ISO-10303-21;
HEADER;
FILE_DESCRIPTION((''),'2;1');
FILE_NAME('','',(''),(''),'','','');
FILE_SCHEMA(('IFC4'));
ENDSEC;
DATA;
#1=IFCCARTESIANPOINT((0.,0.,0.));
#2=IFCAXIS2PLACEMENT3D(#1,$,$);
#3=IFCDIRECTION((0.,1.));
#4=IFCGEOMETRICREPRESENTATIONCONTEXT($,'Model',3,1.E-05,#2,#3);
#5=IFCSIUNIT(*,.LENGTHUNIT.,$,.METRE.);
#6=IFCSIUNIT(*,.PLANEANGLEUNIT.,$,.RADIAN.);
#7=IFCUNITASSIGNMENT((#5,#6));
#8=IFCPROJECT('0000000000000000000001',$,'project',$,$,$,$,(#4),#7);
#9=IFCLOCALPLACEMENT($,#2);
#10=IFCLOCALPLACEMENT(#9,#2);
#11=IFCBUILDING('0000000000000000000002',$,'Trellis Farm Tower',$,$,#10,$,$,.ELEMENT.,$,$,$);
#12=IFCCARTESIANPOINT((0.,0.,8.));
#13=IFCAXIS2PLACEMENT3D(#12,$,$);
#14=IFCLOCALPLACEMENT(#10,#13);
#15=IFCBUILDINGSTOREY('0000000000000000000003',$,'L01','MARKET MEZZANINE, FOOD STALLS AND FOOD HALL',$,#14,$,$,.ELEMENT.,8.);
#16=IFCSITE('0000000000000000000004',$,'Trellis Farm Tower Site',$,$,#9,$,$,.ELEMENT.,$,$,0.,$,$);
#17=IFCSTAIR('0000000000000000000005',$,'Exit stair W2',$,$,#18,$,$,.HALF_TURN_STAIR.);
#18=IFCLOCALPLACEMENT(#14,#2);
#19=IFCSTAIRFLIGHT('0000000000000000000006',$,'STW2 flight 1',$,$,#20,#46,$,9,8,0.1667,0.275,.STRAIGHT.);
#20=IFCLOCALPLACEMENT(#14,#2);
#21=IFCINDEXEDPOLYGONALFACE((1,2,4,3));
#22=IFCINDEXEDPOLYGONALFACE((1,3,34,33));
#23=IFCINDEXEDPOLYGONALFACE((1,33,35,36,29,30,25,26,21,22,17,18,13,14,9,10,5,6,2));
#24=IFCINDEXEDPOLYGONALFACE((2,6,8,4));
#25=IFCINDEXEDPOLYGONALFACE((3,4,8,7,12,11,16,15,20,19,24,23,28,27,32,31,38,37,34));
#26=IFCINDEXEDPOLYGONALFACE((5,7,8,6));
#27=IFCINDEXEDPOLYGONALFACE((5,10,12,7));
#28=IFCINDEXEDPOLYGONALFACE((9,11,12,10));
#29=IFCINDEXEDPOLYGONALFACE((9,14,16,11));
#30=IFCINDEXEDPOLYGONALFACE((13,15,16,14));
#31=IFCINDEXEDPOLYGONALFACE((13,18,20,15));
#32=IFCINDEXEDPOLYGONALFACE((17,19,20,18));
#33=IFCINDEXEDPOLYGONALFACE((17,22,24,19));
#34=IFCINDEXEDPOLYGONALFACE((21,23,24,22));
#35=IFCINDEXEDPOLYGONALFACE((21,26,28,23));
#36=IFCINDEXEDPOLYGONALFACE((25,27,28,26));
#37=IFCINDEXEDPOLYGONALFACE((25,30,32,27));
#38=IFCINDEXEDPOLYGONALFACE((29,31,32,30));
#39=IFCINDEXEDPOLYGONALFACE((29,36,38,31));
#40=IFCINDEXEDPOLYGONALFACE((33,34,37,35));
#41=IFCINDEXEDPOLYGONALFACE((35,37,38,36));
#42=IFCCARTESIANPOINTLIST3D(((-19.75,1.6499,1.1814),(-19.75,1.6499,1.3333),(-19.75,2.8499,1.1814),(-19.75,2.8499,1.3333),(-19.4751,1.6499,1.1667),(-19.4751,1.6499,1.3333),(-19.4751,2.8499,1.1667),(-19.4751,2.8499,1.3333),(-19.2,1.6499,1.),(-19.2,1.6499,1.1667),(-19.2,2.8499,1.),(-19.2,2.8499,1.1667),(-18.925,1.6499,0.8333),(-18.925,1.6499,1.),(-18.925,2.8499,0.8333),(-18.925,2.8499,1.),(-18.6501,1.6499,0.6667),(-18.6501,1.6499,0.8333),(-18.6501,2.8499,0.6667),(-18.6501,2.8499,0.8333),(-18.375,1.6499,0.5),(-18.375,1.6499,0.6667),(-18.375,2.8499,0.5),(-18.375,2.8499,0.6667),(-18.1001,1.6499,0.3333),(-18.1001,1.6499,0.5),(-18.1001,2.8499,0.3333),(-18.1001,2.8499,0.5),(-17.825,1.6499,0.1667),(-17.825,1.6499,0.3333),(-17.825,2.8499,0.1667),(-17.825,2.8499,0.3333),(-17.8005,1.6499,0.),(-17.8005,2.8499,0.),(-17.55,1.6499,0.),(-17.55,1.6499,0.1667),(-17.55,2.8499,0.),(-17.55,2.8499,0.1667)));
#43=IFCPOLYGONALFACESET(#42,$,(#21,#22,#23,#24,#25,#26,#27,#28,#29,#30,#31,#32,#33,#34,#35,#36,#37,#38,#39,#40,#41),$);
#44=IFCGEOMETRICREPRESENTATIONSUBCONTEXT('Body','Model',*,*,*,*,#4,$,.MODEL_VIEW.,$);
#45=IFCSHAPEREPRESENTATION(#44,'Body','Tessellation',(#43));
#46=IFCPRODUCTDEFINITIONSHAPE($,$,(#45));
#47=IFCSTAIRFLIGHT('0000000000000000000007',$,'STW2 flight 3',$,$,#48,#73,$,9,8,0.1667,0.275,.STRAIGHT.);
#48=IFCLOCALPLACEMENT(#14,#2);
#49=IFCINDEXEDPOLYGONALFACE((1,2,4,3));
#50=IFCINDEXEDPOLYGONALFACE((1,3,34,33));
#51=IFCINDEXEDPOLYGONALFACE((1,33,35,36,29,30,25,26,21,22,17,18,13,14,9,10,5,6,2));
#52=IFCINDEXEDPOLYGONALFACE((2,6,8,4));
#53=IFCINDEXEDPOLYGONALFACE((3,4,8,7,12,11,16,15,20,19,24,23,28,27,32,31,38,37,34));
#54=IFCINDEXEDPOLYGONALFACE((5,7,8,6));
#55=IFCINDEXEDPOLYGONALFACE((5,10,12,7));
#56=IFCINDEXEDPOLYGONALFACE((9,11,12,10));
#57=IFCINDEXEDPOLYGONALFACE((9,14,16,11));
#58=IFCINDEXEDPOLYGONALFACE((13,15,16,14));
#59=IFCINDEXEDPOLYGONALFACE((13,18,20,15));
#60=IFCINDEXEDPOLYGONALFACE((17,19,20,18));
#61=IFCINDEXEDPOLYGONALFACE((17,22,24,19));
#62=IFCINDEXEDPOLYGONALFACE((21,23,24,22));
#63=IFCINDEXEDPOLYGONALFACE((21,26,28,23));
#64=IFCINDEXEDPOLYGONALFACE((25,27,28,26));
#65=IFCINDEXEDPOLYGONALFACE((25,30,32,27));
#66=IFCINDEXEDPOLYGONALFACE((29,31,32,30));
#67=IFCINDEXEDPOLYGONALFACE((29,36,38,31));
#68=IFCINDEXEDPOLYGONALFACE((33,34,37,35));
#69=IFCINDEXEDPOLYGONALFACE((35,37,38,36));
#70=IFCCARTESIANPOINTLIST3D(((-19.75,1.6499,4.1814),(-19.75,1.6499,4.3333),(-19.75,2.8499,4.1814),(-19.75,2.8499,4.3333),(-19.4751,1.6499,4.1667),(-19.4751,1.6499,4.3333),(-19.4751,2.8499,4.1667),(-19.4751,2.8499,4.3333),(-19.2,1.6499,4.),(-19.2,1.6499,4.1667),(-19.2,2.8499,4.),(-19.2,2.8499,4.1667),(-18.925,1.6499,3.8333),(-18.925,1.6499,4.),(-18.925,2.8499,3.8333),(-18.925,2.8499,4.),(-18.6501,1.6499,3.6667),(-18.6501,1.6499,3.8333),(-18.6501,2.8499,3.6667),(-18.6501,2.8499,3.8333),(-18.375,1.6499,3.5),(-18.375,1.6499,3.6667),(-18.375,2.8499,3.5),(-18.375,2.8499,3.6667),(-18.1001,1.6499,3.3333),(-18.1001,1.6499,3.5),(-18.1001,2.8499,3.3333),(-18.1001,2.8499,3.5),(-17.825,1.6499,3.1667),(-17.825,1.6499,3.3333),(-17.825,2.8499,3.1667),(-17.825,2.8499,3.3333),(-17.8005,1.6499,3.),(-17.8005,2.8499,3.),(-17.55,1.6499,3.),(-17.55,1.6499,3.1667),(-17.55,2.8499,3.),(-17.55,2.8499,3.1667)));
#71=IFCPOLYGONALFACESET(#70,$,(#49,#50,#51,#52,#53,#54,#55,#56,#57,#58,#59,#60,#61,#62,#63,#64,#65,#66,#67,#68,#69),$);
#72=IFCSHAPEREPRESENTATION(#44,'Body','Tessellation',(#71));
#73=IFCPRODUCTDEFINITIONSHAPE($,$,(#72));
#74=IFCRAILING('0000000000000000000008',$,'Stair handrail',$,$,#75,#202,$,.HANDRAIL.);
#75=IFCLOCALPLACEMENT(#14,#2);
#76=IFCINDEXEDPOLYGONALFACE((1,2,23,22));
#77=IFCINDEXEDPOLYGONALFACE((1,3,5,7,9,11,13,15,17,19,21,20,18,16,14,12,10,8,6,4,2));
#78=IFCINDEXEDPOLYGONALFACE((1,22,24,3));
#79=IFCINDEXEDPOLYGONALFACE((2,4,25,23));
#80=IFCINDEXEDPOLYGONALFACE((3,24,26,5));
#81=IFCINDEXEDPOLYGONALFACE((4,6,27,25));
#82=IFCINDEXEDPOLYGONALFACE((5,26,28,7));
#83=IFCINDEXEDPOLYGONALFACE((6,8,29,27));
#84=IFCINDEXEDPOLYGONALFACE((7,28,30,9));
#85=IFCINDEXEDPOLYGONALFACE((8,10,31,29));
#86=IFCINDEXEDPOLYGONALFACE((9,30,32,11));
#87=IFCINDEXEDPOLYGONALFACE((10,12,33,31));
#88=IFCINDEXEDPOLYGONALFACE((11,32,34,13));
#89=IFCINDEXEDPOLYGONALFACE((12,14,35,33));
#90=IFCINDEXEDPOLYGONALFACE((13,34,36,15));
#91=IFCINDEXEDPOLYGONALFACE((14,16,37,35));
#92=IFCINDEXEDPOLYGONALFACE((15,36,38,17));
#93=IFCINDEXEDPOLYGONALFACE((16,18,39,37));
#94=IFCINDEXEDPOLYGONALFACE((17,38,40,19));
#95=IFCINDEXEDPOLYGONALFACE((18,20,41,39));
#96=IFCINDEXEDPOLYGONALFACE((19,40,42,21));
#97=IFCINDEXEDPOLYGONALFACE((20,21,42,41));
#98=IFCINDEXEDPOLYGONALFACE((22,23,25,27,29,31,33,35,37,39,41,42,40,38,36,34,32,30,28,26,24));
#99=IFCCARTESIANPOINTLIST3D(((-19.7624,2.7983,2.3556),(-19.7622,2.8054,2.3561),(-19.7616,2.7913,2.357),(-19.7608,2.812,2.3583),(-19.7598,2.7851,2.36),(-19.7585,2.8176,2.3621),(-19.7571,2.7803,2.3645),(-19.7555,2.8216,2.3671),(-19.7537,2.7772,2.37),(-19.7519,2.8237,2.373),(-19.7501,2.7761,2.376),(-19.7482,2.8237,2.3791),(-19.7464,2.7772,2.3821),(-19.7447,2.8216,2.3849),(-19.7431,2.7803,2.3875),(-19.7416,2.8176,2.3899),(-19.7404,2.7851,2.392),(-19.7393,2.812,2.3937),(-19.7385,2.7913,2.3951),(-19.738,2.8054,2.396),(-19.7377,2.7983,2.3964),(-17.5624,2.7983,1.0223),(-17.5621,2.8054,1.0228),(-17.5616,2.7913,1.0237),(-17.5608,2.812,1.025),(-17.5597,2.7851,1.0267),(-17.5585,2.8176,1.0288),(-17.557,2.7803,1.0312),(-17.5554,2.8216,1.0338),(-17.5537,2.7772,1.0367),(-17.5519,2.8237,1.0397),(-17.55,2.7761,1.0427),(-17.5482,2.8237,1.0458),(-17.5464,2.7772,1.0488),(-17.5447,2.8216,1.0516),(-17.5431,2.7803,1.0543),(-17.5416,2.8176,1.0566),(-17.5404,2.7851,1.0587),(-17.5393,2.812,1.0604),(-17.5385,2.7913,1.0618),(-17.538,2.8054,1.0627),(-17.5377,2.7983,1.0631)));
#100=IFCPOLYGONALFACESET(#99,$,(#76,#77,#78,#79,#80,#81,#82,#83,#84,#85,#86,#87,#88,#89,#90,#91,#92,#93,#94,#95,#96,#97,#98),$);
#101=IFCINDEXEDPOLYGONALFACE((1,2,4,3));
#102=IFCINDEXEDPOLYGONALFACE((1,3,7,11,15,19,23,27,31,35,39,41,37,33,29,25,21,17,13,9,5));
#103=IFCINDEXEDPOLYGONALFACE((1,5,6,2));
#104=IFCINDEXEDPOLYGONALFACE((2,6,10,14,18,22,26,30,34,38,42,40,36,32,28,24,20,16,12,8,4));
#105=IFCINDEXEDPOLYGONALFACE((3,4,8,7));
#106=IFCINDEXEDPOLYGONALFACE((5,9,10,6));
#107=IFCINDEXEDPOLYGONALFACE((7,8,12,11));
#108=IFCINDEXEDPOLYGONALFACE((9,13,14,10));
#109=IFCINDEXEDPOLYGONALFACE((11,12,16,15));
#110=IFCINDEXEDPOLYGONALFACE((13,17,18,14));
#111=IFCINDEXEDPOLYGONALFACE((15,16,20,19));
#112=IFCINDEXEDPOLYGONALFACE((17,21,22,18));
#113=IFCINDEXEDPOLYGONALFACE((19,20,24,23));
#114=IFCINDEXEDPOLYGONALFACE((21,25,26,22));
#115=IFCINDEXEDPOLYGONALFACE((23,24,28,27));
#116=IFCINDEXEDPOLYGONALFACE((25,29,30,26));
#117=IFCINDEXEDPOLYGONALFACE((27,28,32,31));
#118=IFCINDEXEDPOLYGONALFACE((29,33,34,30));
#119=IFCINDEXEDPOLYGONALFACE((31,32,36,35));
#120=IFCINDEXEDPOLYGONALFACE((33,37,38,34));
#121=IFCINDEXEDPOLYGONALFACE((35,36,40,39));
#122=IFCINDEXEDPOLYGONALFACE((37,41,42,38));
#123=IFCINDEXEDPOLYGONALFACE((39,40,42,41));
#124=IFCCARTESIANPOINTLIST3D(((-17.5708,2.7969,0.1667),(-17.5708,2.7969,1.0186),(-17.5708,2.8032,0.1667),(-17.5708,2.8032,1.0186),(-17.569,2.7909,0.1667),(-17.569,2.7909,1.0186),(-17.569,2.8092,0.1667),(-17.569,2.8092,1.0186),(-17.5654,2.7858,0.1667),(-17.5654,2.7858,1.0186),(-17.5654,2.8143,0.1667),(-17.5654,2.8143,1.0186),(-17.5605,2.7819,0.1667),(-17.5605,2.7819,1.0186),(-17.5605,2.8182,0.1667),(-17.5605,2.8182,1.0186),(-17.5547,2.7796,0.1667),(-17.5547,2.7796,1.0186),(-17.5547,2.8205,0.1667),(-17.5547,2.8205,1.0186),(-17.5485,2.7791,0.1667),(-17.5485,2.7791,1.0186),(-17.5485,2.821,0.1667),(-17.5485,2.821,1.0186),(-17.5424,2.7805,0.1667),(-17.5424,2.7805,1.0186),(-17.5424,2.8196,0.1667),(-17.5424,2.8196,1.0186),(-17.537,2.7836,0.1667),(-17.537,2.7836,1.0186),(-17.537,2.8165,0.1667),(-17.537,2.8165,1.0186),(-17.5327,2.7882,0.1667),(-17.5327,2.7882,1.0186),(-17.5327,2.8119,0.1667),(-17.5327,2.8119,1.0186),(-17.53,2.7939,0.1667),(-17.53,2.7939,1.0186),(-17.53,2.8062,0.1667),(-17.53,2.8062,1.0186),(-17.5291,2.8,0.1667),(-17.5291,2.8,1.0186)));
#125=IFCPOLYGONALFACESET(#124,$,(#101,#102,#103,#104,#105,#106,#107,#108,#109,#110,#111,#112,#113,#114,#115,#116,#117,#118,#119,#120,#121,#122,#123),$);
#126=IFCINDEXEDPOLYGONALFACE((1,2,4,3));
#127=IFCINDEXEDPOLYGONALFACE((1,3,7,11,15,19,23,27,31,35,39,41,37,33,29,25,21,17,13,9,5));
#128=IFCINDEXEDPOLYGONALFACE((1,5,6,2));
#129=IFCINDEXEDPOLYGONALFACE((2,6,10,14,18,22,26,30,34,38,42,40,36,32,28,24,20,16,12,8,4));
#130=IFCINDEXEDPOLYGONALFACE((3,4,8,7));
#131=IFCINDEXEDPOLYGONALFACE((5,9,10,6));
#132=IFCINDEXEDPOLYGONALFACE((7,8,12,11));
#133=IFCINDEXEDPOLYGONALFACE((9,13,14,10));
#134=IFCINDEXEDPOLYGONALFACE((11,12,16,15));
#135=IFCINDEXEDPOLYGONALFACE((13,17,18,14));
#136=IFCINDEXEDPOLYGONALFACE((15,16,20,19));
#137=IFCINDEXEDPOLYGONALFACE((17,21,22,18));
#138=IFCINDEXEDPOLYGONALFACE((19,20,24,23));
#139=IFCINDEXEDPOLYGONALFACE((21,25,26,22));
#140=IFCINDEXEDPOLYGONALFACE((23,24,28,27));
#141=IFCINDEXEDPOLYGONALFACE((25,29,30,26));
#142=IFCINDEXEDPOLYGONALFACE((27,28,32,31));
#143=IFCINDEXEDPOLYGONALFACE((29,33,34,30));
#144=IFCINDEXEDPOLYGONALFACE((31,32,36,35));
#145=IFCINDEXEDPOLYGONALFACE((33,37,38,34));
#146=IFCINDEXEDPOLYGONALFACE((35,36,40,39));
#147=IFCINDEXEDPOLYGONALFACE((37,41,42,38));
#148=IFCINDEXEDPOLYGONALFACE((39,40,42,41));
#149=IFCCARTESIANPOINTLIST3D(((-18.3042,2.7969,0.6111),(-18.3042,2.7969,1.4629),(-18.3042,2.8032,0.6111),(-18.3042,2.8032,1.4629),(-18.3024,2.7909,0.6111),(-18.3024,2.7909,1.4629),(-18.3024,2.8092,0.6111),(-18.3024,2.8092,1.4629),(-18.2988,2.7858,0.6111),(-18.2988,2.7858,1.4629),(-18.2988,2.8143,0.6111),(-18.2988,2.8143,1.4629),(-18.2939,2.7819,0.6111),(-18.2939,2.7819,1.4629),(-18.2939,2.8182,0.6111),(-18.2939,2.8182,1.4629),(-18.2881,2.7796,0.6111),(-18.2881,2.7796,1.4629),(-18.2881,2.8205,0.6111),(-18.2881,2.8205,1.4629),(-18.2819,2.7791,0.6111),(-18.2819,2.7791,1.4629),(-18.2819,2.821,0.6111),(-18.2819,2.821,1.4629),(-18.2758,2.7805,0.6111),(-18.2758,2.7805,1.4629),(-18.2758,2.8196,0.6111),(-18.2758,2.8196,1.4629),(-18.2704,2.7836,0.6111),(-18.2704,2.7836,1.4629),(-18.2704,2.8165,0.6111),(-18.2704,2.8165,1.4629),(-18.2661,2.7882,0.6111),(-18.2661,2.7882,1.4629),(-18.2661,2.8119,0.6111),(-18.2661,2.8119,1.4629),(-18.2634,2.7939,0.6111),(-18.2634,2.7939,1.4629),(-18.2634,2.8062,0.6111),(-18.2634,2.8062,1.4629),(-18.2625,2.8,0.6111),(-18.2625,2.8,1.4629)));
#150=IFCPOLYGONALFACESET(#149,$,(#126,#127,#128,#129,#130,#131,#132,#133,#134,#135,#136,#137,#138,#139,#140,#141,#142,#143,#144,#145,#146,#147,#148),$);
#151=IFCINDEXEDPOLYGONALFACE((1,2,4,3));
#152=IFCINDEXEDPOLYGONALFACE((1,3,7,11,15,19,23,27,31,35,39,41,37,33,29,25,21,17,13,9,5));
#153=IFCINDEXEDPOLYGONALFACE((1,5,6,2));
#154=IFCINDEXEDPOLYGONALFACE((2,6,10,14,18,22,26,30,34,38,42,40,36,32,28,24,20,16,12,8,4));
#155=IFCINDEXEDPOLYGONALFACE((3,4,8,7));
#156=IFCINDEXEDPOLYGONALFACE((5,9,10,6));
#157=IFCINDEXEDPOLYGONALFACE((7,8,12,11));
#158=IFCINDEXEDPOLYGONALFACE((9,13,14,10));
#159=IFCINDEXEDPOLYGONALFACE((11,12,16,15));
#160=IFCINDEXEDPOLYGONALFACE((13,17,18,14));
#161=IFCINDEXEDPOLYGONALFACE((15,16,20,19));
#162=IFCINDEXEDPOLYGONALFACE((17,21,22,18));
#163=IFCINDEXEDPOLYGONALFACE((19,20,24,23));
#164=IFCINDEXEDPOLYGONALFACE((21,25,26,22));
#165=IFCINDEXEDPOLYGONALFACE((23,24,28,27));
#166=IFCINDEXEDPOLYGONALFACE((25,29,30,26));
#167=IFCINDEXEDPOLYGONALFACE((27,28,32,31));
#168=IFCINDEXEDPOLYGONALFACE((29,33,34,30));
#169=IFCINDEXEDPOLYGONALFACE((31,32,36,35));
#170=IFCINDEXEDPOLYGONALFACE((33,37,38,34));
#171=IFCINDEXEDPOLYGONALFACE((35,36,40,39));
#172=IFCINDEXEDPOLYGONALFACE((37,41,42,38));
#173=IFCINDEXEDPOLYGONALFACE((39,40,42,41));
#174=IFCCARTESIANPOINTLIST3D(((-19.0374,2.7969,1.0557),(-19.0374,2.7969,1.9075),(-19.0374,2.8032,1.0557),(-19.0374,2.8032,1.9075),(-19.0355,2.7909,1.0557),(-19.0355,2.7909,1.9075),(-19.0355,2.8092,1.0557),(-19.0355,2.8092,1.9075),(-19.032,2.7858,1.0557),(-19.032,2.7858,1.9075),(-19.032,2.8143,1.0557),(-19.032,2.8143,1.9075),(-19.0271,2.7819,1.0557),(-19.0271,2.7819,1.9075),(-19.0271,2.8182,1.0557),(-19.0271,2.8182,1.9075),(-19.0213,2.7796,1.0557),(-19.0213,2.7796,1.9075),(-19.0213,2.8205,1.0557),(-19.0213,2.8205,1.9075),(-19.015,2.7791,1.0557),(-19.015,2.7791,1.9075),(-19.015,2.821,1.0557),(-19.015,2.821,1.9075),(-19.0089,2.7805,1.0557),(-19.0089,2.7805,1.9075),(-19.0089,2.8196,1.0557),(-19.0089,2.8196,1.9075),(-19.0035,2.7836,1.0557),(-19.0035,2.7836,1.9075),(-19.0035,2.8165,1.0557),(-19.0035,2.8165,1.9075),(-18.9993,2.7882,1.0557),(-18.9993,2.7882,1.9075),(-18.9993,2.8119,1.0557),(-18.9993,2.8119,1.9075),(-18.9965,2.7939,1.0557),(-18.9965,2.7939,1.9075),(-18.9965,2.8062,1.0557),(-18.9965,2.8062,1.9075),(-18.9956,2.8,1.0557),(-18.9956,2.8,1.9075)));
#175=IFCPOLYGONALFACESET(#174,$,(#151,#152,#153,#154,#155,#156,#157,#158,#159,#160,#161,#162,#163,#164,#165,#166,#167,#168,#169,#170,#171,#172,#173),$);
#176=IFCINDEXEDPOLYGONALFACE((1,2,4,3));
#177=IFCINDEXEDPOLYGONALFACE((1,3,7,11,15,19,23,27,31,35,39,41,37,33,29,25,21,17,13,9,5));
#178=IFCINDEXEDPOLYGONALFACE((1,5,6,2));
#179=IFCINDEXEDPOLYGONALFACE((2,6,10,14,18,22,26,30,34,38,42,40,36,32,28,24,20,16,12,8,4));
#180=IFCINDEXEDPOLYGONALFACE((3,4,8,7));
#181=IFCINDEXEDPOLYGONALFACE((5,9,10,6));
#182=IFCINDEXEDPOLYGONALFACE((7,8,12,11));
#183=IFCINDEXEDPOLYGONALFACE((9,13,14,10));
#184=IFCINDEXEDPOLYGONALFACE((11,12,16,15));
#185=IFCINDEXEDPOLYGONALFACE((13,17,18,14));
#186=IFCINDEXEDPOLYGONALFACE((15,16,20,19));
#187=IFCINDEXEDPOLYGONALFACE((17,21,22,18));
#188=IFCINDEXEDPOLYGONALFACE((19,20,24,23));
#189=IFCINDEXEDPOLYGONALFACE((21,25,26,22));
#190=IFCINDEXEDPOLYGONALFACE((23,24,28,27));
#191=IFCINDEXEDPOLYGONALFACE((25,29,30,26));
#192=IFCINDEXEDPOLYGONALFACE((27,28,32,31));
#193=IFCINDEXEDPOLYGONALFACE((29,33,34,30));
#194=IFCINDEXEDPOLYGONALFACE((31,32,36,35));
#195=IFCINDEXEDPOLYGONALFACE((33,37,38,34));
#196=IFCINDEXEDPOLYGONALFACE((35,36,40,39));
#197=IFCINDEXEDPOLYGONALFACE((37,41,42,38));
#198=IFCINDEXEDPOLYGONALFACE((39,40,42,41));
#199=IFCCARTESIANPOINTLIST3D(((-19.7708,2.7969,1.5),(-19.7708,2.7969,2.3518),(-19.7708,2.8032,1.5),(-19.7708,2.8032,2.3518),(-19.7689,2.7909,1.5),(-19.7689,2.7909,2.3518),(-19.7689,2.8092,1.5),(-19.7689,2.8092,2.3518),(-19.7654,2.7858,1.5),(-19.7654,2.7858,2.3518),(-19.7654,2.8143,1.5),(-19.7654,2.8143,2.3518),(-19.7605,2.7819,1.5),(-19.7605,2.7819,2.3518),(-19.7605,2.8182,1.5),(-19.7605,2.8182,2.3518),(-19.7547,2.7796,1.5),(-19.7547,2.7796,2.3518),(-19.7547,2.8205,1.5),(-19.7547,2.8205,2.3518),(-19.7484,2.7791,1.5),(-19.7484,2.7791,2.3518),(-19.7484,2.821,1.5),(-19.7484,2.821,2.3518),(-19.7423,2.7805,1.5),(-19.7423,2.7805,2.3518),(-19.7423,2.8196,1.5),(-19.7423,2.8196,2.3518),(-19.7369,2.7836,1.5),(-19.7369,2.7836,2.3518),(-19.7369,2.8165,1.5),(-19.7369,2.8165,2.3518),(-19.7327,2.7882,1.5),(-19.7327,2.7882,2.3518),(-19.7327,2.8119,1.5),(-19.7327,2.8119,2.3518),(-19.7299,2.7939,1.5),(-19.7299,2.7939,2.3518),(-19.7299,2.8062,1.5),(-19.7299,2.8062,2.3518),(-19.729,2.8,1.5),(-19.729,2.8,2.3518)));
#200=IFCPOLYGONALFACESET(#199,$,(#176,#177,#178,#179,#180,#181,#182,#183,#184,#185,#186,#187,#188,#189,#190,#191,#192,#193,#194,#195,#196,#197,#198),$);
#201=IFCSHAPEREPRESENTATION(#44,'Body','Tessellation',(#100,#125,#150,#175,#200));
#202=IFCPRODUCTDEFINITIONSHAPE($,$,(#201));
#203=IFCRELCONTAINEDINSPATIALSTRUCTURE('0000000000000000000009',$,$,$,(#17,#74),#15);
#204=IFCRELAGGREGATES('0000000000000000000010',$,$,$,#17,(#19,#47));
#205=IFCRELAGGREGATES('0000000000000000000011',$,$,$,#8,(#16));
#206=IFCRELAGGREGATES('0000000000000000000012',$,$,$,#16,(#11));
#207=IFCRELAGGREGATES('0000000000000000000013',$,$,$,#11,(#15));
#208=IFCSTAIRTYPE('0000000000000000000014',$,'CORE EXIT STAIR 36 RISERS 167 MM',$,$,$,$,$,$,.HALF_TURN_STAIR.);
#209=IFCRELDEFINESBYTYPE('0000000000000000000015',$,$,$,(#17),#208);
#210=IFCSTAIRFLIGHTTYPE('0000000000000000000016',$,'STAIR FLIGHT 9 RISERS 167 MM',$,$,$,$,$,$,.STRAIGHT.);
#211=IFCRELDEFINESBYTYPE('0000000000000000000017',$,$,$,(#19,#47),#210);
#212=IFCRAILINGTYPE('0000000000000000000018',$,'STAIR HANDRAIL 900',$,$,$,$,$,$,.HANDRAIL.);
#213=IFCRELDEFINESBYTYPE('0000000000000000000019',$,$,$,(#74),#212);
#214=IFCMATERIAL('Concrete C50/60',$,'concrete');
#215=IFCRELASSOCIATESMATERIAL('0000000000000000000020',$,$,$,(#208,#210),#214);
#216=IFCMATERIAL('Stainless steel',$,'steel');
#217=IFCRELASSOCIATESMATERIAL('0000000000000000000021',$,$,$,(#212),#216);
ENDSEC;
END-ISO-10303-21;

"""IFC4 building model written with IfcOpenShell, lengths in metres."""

from ifc_helpers import new_model, si_unit, direction, frame, origin, origin_2d, place, context, subcontext, project, spatial, polyline, circle, outline, extrude, source, transform, mapped, material, type_object, element, aggregate, save


model = new_model("IFC4")

# Units and contexts
model_context = context("Model", 3, precision=1e-05, world=origin(), true_north=direction((0.0, 1.0)))
body_context = subcontext(model_context, "Body", "Model", "MODEL_VIEW")
ifc_project = project(units=[si_unit("LENGTHUNIT", "METRE"), si_unit("PLANEANGLEUNIT", "RADIAN")], contexts=[model_context])

# Site, building, storey
site_placement = place(None, origin())
site = spatial("IfcSite", under=ifc_project, at=site_placement, Name="Trellis Farm Tower Site", CompositionType="ELEMENT", RefElevation=0.0)
building_placement = place(site_placement, origin())
building = spatial("IfcBuilding", under=site, at=building_placement, Name="Trellis Farm Tower", CompositionType="ELEMENT")
storey_placement = place(building_placement, frame((0.0, 0.0, 8.0)))
storey = spatial("IfcBuildingStorey", under=building, at=storey_placement, Name="L01", Description="MARKET MEZZANINE, FOOD STALLS AND FOOD HALL", CompositionType="ELEMENT", Elevation=8.0)

# Shared definitions
ifc_material_1 = material(Name="Concrete C50/60", Category="concrete")
placement_1 = place(storey_placement, origin())
stair_type_1 = type_object("IfcStairType", Name="CORE EXIT STAIR 36 RISERS 167 MM", PredefinedType="HALF_TURN_STAIR", material=ifc_material_1)

# Shared definitions
ifc_material_2 = material(Name="Stainless steel", Category="steel")

# Stair, stair flights
stair_flight_type = type_object("IfcStairFlightType", Name="STAIR FLIGHT 9 RISERS 167 MM", PredefinedType="STRAIGHT", material=ifc_material_1)
shared_shape_1 = source(origin(), body_context, "Body", "SweptSolid", [
    extrude(outline(polyline([(0.0, 0.0), (0.0, 0.1667), (0.2749, 0.1667), (0.2749, 0.3333), (0.55, 0.3333), (0.55, 0.5), (0.825, 0.5), (0.825, 0.6667), (1.1001, 0.6667), (1.1001, 0.8333), (1.375, 0.8333), (1.375, 1.0), (1.6499, 1.0), (1.6499, 1.1667), (1.925, 1.1667), (1.925, 1.3333), (2.2, 1.3333), (2.2, 1.5), (2.2, 1.1814), (0.2505, 0.0), (0.0, 0.0)])), frame((0.0, 0.6001, 0.0), z_axis=(0.0, -1.0, 0.0), x_axis=(1.0, 0.0, 0.0)), (0.0, 0.0, 1.0), 1.2),
])
stair_1 = element("IfcStair", 1, at=placement_1, inside=storey, type_object=stair_type_1, Name="Exit stair W2", PredefinedType="HALF_TURN_STAIR")
stair_flight_1_placement = place(storey_placement, frame((-17.55, 2.25, 0.0), z_axis=(0.0, 0.0, 1.0), x_axis=(-1.0, 0.0, 0.0)))
stair_flight_1 = element("IfcStairFlight", 2, at=stair_flight_1_placement, type_object=stair_flight_type, Name="STW2 flight 1", NumberOfRisers=9, NumberOfTreads=8, PredefinedType="STRAIGHT", RiserHeight=0.1667, TreadLength=0.275, context=body_context, shape_type="MappedRepresentation", body=[
    mapped(shared_shape_1, transform((0.0, 0.0, 0.0))),
])
stair_flight_2_placement = place(storey_placement, frame((-17.55, 2.25, 3.0), z_axis=(0.0, 0.0, 1.0), x_axis=(-1.0, 0.0, 0.0)))
stair_flight_2 = element("IfcStairFlight", 3, at=stair_flight_2_placement, type_object=stair_flight_type, Name="STW2 flight 3", NumberOfRisers=9, NumberOfTreads=8, PredefinedType="STRAIGHT", RiserHeight=0.1667, TreadLength=0.275, context=body_context, shape_type="MappedRepresentation", body=[
    mapped(shared_shape_1, transform((0.0, 0.0, 0.0))),
])
aggregate(stair_1, [stair_flight_1, stair_flight_2])

# Railing
railing_type = type_object("IfcRailingType", Name="STAIR HANDRAIL 900", PredefinedType="HANDRAIL", material=ifc_material_2)
shared_shape_2 = source(origin(), body_context, "Body", "SweptSolid", [
    extrude(circle(Radius=0.0239, at=origin_2d()), frame((0.0, 0.0, 0.876), z_axis=(-0.855207, 0.0, 0.518287), x_axis=(0.0, -1.0, 0.0)), (0.0, 0.0, 1.0), 2.5725),
    extrude(circle(Radius=0.021, at=origin_2d()), origin(), (0.0, 0.0, 1.0), 0.8518),
    extrude(circle(Radius=0.021, at=origin_2d()), frame((-0.7334, 0.0, 0.4443)), (0.0, 0.0, 1.0), 0.8518),
    extrude(circle(Radius=0.021, at=origin_2d()), frame((-1.4666, 0.0, 0.8889)), (0.0, 0.0, 1.0), 0.8518),
    extrude(circle(Radius=0.021, at=origin_2d()), frame((-2.2, 0.0, 1.3333)), (0.0, 0.0, 1.0), 0.8518),
])
for number, where, name in (
    (4, (-17.55, 2.8, 0.1667), "Stair handrail"),
):
    element("IfcRailing", number, at=place(storey_placement, frame(where)), inside=storey, type_object=railing_type, Name=name, PredefinedType="HANDRAIL", context=body_context, shape_type="MappedRepresentation", body=[
        mapped(shared_shape_2, transform((0.0, 0.0, 0.0))),
    ])

save(model, "model.ifc")
